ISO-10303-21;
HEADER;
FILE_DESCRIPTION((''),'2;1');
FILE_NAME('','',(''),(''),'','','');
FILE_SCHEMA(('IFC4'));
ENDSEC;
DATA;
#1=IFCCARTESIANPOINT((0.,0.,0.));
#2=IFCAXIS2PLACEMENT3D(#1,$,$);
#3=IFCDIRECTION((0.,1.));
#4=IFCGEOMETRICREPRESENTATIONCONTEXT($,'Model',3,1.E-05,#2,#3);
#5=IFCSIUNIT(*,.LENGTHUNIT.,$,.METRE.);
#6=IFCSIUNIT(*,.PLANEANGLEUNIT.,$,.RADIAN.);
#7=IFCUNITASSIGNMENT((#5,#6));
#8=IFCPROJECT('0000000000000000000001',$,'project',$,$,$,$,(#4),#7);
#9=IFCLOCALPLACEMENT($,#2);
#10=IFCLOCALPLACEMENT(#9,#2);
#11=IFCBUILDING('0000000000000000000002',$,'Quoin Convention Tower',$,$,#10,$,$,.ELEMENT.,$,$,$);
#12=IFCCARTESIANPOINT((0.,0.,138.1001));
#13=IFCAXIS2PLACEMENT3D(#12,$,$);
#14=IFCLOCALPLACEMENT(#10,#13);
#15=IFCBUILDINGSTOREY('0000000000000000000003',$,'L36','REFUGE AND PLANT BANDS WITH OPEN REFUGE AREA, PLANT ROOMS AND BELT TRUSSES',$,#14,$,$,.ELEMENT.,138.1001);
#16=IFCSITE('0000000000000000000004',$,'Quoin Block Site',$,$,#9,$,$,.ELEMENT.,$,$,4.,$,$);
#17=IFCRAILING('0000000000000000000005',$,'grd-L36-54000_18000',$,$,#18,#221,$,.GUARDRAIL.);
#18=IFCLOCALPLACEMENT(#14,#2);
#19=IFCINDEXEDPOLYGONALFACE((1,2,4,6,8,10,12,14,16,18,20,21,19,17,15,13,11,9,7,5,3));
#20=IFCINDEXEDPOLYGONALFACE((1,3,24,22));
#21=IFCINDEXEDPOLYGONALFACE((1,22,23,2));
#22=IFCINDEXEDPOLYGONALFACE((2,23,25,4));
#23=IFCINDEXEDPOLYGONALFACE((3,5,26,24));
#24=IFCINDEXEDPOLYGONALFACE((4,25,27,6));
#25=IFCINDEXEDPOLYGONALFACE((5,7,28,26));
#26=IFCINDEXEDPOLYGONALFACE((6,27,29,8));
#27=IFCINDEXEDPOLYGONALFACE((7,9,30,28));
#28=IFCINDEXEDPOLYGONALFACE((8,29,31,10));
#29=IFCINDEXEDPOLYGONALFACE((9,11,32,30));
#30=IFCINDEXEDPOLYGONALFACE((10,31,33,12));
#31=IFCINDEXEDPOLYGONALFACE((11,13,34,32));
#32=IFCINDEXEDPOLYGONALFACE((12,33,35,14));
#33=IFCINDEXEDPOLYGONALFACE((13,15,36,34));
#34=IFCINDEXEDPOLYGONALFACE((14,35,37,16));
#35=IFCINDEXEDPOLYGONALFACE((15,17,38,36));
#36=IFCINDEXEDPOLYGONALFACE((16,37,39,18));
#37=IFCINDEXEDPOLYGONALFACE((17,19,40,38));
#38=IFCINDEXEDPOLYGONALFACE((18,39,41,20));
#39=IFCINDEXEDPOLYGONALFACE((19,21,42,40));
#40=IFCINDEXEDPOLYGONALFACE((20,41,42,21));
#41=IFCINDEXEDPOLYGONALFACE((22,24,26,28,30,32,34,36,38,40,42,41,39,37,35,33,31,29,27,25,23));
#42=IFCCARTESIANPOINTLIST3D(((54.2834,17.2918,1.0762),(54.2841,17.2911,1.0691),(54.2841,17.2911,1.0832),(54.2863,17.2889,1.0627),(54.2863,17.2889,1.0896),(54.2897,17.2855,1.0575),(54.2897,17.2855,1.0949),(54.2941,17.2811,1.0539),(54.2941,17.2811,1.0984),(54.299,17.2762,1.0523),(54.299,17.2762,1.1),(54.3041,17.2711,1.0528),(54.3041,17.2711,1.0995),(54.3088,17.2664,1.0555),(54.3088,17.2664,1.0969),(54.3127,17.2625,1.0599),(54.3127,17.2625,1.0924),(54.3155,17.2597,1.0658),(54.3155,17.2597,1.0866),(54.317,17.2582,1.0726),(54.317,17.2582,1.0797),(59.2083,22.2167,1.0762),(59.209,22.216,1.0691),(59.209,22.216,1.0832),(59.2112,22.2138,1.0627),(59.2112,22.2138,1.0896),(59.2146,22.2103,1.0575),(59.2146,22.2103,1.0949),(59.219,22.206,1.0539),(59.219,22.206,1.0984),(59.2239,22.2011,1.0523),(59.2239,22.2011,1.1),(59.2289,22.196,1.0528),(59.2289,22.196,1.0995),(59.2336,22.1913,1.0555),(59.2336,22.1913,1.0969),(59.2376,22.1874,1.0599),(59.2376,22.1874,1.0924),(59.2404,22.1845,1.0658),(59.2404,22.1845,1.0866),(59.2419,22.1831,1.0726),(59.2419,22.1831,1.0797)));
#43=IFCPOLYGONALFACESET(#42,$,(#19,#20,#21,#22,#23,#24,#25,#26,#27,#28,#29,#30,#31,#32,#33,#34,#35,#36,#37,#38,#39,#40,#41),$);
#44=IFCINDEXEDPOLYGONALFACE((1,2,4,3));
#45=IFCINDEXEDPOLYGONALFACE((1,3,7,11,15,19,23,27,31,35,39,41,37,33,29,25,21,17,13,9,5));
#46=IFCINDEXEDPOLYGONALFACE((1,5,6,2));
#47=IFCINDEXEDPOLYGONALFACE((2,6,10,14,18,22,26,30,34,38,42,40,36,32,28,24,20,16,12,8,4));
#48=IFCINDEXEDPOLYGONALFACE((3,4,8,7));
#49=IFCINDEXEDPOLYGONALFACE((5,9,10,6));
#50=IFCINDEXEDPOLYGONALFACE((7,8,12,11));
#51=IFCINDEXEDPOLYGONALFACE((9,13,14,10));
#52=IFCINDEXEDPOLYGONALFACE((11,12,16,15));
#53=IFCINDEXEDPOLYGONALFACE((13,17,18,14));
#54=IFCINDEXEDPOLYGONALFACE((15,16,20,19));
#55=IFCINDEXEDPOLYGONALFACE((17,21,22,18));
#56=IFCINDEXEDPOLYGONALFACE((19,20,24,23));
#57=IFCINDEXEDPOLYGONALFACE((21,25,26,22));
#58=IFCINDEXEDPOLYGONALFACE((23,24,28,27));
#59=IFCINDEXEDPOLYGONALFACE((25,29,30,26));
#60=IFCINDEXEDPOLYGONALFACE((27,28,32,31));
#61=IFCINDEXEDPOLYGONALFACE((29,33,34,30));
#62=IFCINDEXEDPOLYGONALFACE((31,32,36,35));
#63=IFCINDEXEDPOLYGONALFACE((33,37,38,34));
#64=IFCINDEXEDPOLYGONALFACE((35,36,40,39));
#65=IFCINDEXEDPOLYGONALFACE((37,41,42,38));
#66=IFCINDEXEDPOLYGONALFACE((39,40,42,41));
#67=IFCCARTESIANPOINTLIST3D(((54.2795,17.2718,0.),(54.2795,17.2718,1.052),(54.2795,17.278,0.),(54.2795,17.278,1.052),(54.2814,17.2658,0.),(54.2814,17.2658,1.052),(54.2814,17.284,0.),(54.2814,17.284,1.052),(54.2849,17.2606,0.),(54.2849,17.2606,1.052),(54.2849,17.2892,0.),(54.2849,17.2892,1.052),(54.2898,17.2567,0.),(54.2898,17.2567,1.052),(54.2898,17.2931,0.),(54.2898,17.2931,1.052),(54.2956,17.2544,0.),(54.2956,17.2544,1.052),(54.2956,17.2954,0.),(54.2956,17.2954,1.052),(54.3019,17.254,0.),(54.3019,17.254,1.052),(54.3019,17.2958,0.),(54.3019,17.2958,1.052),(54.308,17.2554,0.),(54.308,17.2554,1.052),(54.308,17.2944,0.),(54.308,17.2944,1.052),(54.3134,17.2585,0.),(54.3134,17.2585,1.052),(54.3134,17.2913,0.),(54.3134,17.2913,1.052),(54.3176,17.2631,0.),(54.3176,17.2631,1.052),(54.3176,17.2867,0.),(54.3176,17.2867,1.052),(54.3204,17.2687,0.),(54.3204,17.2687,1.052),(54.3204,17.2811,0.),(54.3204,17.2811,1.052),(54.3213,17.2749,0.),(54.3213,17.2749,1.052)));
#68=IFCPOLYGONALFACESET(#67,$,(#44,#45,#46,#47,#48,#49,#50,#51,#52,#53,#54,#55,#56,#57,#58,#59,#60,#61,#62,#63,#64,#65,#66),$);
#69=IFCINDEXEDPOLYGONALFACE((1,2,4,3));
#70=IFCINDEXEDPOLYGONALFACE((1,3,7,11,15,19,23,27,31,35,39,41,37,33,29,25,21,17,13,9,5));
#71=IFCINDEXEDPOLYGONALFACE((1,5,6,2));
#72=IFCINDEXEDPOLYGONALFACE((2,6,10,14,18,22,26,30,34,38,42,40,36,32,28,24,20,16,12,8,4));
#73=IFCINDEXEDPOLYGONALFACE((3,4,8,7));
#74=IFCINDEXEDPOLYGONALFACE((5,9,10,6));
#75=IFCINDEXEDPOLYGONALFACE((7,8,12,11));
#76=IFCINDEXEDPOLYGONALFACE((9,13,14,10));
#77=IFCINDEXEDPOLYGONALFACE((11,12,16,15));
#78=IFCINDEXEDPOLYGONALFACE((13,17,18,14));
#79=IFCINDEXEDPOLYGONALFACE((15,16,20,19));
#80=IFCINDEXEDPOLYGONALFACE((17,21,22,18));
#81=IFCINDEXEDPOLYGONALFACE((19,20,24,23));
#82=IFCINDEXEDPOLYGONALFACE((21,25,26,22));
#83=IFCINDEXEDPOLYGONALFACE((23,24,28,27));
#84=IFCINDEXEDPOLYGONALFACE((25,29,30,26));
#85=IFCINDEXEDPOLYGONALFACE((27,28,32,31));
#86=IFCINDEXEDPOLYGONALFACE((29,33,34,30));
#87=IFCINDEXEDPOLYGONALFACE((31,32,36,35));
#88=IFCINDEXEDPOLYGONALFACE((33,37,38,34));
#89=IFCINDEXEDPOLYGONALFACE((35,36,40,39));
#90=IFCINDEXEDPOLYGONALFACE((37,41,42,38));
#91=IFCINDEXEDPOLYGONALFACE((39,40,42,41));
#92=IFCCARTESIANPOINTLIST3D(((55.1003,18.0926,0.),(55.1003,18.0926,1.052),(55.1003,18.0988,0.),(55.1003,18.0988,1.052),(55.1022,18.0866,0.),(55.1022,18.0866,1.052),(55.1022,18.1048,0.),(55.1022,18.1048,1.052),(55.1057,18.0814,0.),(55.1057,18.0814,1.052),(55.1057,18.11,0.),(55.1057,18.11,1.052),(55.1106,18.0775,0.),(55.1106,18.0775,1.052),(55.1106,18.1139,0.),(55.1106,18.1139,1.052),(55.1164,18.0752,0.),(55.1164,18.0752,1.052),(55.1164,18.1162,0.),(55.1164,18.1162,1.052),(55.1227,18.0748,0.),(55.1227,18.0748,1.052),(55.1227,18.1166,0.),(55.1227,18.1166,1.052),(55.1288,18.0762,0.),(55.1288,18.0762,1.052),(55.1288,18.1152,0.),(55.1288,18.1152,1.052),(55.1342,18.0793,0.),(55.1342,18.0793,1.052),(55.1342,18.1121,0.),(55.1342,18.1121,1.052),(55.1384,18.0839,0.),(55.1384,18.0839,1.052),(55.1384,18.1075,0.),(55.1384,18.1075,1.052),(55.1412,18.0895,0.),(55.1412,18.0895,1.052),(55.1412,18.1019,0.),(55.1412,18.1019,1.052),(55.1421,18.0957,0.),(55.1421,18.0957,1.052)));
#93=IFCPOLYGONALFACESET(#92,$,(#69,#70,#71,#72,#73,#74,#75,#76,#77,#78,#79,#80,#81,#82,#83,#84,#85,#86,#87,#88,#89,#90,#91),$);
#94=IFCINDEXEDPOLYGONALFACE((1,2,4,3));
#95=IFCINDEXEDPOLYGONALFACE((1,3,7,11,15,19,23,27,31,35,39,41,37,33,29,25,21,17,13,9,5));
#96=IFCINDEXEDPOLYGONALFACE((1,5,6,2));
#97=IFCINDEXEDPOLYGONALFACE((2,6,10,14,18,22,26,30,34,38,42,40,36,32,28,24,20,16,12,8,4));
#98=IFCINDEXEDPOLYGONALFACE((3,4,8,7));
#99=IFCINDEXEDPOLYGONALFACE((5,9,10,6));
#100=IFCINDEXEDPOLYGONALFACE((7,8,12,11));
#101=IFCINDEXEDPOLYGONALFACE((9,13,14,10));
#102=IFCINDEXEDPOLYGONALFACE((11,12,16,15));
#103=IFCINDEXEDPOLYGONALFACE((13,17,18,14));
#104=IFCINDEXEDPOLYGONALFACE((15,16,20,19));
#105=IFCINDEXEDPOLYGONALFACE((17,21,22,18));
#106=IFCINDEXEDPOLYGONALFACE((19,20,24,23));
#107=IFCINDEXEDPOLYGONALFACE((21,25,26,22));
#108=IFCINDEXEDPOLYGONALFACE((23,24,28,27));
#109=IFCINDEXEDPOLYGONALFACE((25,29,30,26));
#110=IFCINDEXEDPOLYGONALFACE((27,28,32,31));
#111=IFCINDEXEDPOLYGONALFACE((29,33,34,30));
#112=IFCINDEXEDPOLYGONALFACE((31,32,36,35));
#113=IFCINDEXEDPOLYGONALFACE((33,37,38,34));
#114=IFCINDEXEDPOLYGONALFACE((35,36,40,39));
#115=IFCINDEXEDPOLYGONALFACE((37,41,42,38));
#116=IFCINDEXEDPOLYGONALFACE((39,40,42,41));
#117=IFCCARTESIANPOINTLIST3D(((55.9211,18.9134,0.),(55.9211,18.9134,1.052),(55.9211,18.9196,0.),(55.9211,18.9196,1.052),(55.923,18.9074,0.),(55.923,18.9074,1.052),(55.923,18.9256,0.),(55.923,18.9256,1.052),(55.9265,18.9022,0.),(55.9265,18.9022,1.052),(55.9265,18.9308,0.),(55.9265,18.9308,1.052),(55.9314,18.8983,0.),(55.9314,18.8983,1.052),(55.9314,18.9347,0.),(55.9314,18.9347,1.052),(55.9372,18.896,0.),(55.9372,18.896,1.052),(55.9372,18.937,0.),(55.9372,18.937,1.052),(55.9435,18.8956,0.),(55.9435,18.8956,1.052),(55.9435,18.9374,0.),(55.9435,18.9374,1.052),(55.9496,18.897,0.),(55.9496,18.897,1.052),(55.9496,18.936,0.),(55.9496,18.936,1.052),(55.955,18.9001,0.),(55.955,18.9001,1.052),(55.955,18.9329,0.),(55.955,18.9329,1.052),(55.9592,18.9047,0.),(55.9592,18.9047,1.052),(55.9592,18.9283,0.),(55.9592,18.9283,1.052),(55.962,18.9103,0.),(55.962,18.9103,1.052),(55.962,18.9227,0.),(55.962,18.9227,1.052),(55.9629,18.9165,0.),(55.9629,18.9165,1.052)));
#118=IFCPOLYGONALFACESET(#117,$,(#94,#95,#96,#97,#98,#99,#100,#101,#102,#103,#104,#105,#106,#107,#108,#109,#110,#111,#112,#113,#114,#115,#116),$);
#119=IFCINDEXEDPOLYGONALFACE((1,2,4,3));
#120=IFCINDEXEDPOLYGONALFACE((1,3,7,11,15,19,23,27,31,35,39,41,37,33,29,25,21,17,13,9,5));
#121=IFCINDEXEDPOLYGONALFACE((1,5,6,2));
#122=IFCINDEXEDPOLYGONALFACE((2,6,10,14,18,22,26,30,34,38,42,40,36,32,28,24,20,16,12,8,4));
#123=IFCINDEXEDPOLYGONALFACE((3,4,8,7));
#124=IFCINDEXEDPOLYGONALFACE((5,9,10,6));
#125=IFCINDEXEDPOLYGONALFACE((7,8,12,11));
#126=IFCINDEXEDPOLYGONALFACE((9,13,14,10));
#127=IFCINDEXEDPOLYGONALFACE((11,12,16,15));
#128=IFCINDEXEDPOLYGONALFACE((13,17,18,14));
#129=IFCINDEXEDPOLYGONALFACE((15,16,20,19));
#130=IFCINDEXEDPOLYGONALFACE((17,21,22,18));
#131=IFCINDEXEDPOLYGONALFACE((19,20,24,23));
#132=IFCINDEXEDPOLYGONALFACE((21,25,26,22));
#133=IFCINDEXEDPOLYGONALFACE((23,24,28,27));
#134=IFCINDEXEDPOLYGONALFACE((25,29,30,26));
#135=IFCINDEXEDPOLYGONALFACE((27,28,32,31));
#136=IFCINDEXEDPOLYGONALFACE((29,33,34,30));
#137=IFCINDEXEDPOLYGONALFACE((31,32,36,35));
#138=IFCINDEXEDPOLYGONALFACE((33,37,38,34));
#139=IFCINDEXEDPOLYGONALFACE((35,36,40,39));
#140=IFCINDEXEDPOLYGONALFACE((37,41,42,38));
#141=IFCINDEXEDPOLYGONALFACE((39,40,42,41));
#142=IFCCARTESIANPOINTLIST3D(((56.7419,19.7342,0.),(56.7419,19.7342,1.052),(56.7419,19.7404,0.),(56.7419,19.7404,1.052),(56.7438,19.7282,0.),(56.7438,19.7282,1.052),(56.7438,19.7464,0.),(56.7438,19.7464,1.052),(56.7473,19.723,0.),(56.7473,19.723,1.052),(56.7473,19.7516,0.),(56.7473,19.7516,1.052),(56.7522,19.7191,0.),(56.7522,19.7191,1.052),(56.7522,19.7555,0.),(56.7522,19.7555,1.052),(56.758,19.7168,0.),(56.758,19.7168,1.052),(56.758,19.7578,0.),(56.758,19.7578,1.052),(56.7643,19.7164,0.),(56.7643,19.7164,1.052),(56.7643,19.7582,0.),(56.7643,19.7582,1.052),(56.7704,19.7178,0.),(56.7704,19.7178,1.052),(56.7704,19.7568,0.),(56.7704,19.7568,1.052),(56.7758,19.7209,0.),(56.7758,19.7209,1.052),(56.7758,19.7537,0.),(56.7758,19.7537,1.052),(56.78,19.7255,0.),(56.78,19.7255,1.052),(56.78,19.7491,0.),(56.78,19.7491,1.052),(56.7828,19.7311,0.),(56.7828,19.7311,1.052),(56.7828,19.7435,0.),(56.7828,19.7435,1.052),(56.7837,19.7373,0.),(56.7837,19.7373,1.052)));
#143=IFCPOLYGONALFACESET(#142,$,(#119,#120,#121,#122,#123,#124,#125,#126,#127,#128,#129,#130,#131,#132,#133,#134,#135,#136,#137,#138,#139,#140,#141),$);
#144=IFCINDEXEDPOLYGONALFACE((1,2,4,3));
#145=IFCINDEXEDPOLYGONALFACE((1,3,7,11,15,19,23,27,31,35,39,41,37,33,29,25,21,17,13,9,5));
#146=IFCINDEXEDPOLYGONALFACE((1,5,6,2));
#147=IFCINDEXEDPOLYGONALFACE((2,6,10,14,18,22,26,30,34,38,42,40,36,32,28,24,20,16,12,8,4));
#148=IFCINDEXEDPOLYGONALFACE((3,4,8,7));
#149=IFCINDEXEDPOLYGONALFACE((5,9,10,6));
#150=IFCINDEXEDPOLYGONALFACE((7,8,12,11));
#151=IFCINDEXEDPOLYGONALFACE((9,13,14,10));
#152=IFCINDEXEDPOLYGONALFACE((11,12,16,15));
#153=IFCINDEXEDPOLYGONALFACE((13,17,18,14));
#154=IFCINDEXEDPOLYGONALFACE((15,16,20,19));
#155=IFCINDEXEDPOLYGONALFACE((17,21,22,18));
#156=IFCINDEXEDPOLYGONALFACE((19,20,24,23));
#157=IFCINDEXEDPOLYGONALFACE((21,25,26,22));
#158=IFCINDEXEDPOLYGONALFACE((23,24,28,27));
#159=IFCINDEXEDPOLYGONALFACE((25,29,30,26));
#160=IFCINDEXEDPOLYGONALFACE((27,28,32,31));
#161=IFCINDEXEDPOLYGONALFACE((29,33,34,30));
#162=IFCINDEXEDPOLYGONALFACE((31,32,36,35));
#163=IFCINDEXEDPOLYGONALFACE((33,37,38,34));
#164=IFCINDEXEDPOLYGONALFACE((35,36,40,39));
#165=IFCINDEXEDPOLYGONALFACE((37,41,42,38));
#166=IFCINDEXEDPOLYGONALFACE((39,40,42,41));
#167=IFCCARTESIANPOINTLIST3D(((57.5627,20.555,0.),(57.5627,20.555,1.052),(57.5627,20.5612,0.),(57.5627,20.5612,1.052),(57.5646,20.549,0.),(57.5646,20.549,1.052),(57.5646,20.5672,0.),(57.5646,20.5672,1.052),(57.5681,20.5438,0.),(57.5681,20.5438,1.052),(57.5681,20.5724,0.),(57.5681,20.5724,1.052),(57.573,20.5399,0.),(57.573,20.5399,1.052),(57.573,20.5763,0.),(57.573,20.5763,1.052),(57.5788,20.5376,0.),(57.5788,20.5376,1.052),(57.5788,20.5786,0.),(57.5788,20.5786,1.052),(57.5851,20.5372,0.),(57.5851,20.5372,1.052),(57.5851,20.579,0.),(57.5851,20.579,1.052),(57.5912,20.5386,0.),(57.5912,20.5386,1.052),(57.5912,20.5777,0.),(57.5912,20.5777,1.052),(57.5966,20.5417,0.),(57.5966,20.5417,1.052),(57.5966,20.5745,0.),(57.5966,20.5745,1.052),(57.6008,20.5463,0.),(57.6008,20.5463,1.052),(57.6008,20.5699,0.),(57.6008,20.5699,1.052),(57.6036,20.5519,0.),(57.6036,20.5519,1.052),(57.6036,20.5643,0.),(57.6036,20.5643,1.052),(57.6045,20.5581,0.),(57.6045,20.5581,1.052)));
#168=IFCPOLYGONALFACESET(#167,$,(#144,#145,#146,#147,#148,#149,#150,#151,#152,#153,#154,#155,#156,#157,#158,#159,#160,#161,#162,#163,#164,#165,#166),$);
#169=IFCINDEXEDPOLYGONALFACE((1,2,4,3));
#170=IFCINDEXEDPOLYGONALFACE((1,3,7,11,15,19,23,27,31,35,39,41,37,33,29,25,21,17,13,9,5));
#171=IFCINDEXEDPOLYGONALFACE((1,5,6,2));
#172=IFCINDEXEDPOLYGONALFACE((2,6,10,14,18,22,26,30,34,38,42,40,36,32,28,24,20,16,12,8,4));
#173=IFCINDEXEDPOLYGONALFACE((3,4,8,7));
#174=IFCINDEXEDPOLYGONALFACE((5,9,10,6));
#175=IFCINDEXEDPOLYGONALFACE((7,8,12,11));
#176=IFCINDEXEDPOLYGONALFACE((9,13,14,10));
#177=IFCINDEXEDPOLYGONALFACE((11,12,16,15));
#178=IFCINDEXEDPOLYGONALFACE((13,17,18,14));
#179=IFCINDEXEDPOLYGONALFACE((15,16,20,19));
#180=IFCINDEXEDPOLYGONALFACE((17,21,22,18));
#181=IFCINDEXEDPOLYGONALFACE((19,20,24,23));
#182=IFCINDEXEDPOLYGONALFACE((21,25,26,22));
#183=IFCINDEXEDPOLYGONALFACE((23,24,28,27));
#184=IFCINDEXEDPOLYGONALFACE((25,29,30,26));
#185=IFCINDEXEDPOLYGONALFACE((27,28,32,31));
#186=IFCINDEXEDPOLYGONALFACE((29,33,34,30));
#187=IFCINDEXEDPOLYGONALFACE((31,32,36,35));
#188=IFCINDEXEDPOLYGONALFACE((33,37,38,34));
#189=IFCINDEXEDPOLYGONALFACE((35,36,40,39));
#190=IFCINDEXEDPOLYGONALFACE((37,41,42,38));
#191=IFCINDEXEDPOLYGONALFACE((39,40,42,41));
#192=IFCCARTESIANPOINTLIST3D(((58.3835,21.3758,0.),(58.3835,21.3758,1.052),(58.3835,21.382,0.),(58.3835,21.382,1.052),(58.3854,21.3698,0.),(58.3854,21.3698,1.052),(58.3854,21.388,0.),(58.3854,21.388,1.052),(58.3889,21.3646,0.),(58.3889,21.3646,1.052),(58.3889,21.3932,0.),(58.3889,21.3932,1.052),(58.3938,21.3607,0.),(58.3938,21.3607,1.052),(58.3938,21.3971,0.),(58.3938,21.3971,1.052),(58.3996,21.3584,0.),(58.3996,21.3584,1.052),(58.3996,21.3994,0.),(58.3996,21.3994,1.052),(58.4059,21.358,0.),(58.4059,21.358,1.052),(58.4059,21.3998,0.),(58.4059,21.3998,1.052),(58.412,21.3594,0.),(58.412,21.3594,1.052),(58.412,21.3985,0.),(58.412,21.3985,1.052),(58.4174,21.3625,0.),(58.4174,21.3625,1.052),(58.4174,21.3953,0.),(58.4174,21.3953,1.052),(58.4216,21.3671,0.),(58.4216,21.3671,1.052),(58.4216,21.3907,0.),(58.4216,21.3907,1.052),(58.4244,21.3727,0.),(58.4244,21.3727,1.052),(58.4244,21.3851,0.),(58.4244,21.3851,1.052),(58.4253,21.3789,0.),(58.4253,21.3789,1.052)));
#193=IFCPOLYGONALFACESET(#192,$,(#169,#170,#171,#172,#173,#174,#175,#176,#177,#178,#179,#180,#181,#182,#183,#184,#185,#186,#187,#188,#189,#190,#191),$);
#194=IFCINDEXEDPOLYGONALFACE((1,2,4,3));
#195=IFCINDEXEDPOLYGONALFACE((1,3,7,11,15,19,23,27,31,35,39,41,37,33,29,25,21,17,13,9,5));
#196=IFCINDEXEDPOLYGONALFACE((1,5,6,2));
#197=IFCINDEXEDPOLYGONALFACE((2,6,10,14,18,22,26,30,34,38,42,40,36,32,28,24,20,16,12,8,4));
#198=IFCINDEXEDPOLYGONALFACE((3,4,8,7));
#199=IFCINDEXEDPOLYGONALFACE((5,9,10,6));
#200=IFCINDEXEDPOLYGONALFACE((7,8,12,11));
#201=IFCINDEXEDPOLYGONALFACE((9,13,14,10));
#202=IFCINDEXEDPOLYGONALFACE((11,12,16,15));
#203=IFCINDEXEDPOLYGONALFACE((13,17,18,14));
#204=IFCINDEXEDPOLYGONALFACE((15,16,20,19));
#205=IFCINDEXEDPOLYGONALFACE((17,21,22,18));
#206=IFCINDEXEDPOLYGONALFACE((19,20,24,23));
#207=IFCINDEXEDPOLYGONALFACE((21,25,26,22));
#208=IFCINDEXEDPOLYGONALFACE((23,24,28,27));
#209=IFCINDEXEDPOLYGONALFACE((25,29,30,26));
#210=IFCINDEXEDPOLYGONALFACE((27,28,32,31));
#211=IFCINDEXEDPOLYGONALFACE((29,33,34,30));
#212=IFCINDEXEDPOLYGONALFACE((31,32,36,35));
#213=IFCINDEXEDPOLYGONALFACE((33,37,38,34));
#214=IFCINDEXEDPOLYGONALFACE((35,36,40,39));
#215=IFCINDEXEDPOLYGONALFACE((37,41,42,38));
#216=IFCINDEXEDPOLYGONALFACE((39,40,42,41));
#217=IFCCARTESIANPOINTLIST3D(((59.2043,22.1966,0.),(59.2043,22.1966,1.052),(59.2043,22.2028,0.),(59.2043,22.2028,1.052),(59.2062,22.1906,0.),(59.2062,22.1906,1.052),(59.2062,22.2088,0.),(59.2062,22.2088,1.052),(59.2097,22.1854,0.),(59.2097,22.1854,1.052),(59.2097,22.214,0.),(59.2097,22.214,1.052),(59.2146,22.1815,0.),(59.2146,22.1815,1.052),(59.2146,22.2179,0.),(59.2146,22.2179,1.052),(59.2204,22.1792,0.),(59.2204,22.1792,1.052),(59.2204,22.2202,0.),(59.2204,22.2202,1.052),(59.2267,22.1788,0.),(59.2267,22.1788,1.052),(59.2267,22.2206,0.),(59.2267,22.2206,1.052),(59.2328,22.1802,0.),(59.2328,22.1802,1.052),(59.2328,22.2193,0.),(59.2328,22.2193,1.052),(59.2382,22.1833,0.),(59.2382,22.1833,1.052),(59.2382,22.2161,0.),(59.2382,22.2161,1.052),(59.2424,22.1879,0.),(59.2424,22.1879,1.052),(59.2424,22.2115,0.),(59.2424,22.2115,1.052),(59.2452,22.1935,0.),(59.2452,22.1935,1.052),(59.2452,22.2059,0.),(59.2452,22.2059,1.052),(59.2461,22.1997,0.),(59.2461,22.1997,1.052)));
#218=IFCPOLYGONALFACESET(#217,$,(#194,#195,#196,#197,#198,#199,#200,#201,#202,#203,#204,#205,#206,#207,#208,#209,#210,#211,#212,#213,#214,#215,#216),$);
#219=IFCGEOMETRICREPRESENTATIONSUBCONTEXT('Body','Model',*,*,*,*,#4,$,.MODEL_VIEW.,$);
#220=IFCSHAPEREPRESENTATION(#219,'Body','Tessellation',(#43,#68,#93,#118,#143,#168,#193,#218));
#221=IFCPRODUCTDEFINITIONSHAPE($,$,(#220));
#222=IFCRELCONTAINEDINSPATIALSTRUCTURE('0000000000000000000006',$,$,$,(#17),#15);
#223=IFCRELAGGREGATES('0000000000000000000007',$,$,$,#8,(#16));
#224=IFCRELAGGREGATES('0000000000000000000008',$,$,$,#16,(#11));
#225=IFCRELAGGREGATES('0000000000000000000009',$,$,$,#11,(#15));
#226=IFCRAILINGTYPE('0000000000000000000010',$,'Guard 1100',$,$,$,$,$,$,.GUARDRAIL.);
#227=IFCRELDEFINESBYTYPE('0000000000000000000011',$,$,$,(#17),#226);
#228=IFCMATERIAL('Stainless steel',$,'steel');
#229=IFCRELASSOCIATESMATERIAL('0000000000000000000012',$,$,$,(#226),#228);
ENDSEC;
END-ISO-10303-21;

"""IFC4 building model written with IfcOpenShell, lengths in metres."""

from ifc_helpers import new_model, si_unit, direction, frame, origin, origin_2d, place, context, subcontext, project, spatial, circle, extrude, material, type_object, element, save


model = new_model("IFC4")

# Units and contexts
model_context = context("Model", 3, precision=1e-05, world=origin(), true_north=direction((0.0, 1.0)))
body_context = subcontext(model_context, "Body", "Model", "MODEL_VIEW")
ifc_project = project(units=[si_unit("LENGTHUNIT", "METRE"), si_unit("PLANEANGLEUNIT", "RADIAN")], contexts=[model_context])

# Site, building, storey
site_placement = place(None, origin())
site = spatial("IfcSite", under=ifc_project, at=site_placement, Name="Quoin Block Site", CompositionType="ELEMENT", RefElevation=4.0)
building_placement = place(site_placement, origin())
building = spatial("IfcBuilding", under=site, at=building_placement, Name="Quoin Convention Tower", CompositionType="ELEMENT")
storey_placement = place(building_placement, frame((0.0, 0.0, 138.1001)))
storey = spatial("IfcBuildingStorey", under=building, at=storey_placement, Name="L36", Description="REFUGE AND PLANT BANDS WITH OPEN REFUGE AREA, PLANT ROOMS AND BELT TRUSSES", CompositionType="ELEMENT", Elevation=138.1001)

# Railing
ifc_material_1 = material(Name="Stainless steel", Category="steel")
railing_type = type_object("IfcRailingType", Name="Guard 1100", PredefinedType="GUARDRAIL", material=ifc_material_1)
railing_placement = place(storey_placement, frame((54.3003, 17.2749, 0.0)))
element("IfcRailing", 1, at=railing_placement, inside=storey, type_object=railing_type, Name="grd-L36-54000_18000", PredefinedType="GUARDRAIL", context=body_context, shape_type="SweptSolid", body=[
    extrude(circle(Radius=0.0239, at=origin_2d()), frame((0.0, 0.0, 1.0762), z_axis=(0.707107, 0.707107, 0.0), x_axis=(-0.707107, 0.707107, 0.0)), (0.0, 0.0, 1.0), 6.9648),
    extrude(circle(Radius=0.021, at=origin_2d()), origin(), (0.0, 0.0, 1.0), 1.052),
    extrude(circle(Radius=0.021, at=origin_2d()), frame((0.8208, 0.8208, 0.0)), (0.0, 0.0, 1.0), 1.052),
    extrude(circle(Radius=0.021, at=origin_2d()), frame((1.6416, 1.6416, 0.0)), (0.0, 0.0, 1.0), 1.052),
    extrude(circle(Radius=0.021, at=origin_2d()), frame((2.4624, 2.4624, 0.0)), (0.0, 0.0, 1.0), 1.052),
    extrude(circle(Radius=0.021, at=origin_2d()), frame((3.2832, 3.2832, 0.0)), (0.0, 0.0, 1.0), 1.052),
    extrude(circle(Radius=0.021, at=origin_2d()), frame((4.104, 4.104, 0.0)), (0.0, 0.0, 1.0), 1.052),
    extrude(circle(Radius=0.021, at=origin_2d()), frame((4.9248, 4.9248, 0.0)), (0.0, 0.0, 1.0), 1.052),
])

save(model, "model.ifc")
